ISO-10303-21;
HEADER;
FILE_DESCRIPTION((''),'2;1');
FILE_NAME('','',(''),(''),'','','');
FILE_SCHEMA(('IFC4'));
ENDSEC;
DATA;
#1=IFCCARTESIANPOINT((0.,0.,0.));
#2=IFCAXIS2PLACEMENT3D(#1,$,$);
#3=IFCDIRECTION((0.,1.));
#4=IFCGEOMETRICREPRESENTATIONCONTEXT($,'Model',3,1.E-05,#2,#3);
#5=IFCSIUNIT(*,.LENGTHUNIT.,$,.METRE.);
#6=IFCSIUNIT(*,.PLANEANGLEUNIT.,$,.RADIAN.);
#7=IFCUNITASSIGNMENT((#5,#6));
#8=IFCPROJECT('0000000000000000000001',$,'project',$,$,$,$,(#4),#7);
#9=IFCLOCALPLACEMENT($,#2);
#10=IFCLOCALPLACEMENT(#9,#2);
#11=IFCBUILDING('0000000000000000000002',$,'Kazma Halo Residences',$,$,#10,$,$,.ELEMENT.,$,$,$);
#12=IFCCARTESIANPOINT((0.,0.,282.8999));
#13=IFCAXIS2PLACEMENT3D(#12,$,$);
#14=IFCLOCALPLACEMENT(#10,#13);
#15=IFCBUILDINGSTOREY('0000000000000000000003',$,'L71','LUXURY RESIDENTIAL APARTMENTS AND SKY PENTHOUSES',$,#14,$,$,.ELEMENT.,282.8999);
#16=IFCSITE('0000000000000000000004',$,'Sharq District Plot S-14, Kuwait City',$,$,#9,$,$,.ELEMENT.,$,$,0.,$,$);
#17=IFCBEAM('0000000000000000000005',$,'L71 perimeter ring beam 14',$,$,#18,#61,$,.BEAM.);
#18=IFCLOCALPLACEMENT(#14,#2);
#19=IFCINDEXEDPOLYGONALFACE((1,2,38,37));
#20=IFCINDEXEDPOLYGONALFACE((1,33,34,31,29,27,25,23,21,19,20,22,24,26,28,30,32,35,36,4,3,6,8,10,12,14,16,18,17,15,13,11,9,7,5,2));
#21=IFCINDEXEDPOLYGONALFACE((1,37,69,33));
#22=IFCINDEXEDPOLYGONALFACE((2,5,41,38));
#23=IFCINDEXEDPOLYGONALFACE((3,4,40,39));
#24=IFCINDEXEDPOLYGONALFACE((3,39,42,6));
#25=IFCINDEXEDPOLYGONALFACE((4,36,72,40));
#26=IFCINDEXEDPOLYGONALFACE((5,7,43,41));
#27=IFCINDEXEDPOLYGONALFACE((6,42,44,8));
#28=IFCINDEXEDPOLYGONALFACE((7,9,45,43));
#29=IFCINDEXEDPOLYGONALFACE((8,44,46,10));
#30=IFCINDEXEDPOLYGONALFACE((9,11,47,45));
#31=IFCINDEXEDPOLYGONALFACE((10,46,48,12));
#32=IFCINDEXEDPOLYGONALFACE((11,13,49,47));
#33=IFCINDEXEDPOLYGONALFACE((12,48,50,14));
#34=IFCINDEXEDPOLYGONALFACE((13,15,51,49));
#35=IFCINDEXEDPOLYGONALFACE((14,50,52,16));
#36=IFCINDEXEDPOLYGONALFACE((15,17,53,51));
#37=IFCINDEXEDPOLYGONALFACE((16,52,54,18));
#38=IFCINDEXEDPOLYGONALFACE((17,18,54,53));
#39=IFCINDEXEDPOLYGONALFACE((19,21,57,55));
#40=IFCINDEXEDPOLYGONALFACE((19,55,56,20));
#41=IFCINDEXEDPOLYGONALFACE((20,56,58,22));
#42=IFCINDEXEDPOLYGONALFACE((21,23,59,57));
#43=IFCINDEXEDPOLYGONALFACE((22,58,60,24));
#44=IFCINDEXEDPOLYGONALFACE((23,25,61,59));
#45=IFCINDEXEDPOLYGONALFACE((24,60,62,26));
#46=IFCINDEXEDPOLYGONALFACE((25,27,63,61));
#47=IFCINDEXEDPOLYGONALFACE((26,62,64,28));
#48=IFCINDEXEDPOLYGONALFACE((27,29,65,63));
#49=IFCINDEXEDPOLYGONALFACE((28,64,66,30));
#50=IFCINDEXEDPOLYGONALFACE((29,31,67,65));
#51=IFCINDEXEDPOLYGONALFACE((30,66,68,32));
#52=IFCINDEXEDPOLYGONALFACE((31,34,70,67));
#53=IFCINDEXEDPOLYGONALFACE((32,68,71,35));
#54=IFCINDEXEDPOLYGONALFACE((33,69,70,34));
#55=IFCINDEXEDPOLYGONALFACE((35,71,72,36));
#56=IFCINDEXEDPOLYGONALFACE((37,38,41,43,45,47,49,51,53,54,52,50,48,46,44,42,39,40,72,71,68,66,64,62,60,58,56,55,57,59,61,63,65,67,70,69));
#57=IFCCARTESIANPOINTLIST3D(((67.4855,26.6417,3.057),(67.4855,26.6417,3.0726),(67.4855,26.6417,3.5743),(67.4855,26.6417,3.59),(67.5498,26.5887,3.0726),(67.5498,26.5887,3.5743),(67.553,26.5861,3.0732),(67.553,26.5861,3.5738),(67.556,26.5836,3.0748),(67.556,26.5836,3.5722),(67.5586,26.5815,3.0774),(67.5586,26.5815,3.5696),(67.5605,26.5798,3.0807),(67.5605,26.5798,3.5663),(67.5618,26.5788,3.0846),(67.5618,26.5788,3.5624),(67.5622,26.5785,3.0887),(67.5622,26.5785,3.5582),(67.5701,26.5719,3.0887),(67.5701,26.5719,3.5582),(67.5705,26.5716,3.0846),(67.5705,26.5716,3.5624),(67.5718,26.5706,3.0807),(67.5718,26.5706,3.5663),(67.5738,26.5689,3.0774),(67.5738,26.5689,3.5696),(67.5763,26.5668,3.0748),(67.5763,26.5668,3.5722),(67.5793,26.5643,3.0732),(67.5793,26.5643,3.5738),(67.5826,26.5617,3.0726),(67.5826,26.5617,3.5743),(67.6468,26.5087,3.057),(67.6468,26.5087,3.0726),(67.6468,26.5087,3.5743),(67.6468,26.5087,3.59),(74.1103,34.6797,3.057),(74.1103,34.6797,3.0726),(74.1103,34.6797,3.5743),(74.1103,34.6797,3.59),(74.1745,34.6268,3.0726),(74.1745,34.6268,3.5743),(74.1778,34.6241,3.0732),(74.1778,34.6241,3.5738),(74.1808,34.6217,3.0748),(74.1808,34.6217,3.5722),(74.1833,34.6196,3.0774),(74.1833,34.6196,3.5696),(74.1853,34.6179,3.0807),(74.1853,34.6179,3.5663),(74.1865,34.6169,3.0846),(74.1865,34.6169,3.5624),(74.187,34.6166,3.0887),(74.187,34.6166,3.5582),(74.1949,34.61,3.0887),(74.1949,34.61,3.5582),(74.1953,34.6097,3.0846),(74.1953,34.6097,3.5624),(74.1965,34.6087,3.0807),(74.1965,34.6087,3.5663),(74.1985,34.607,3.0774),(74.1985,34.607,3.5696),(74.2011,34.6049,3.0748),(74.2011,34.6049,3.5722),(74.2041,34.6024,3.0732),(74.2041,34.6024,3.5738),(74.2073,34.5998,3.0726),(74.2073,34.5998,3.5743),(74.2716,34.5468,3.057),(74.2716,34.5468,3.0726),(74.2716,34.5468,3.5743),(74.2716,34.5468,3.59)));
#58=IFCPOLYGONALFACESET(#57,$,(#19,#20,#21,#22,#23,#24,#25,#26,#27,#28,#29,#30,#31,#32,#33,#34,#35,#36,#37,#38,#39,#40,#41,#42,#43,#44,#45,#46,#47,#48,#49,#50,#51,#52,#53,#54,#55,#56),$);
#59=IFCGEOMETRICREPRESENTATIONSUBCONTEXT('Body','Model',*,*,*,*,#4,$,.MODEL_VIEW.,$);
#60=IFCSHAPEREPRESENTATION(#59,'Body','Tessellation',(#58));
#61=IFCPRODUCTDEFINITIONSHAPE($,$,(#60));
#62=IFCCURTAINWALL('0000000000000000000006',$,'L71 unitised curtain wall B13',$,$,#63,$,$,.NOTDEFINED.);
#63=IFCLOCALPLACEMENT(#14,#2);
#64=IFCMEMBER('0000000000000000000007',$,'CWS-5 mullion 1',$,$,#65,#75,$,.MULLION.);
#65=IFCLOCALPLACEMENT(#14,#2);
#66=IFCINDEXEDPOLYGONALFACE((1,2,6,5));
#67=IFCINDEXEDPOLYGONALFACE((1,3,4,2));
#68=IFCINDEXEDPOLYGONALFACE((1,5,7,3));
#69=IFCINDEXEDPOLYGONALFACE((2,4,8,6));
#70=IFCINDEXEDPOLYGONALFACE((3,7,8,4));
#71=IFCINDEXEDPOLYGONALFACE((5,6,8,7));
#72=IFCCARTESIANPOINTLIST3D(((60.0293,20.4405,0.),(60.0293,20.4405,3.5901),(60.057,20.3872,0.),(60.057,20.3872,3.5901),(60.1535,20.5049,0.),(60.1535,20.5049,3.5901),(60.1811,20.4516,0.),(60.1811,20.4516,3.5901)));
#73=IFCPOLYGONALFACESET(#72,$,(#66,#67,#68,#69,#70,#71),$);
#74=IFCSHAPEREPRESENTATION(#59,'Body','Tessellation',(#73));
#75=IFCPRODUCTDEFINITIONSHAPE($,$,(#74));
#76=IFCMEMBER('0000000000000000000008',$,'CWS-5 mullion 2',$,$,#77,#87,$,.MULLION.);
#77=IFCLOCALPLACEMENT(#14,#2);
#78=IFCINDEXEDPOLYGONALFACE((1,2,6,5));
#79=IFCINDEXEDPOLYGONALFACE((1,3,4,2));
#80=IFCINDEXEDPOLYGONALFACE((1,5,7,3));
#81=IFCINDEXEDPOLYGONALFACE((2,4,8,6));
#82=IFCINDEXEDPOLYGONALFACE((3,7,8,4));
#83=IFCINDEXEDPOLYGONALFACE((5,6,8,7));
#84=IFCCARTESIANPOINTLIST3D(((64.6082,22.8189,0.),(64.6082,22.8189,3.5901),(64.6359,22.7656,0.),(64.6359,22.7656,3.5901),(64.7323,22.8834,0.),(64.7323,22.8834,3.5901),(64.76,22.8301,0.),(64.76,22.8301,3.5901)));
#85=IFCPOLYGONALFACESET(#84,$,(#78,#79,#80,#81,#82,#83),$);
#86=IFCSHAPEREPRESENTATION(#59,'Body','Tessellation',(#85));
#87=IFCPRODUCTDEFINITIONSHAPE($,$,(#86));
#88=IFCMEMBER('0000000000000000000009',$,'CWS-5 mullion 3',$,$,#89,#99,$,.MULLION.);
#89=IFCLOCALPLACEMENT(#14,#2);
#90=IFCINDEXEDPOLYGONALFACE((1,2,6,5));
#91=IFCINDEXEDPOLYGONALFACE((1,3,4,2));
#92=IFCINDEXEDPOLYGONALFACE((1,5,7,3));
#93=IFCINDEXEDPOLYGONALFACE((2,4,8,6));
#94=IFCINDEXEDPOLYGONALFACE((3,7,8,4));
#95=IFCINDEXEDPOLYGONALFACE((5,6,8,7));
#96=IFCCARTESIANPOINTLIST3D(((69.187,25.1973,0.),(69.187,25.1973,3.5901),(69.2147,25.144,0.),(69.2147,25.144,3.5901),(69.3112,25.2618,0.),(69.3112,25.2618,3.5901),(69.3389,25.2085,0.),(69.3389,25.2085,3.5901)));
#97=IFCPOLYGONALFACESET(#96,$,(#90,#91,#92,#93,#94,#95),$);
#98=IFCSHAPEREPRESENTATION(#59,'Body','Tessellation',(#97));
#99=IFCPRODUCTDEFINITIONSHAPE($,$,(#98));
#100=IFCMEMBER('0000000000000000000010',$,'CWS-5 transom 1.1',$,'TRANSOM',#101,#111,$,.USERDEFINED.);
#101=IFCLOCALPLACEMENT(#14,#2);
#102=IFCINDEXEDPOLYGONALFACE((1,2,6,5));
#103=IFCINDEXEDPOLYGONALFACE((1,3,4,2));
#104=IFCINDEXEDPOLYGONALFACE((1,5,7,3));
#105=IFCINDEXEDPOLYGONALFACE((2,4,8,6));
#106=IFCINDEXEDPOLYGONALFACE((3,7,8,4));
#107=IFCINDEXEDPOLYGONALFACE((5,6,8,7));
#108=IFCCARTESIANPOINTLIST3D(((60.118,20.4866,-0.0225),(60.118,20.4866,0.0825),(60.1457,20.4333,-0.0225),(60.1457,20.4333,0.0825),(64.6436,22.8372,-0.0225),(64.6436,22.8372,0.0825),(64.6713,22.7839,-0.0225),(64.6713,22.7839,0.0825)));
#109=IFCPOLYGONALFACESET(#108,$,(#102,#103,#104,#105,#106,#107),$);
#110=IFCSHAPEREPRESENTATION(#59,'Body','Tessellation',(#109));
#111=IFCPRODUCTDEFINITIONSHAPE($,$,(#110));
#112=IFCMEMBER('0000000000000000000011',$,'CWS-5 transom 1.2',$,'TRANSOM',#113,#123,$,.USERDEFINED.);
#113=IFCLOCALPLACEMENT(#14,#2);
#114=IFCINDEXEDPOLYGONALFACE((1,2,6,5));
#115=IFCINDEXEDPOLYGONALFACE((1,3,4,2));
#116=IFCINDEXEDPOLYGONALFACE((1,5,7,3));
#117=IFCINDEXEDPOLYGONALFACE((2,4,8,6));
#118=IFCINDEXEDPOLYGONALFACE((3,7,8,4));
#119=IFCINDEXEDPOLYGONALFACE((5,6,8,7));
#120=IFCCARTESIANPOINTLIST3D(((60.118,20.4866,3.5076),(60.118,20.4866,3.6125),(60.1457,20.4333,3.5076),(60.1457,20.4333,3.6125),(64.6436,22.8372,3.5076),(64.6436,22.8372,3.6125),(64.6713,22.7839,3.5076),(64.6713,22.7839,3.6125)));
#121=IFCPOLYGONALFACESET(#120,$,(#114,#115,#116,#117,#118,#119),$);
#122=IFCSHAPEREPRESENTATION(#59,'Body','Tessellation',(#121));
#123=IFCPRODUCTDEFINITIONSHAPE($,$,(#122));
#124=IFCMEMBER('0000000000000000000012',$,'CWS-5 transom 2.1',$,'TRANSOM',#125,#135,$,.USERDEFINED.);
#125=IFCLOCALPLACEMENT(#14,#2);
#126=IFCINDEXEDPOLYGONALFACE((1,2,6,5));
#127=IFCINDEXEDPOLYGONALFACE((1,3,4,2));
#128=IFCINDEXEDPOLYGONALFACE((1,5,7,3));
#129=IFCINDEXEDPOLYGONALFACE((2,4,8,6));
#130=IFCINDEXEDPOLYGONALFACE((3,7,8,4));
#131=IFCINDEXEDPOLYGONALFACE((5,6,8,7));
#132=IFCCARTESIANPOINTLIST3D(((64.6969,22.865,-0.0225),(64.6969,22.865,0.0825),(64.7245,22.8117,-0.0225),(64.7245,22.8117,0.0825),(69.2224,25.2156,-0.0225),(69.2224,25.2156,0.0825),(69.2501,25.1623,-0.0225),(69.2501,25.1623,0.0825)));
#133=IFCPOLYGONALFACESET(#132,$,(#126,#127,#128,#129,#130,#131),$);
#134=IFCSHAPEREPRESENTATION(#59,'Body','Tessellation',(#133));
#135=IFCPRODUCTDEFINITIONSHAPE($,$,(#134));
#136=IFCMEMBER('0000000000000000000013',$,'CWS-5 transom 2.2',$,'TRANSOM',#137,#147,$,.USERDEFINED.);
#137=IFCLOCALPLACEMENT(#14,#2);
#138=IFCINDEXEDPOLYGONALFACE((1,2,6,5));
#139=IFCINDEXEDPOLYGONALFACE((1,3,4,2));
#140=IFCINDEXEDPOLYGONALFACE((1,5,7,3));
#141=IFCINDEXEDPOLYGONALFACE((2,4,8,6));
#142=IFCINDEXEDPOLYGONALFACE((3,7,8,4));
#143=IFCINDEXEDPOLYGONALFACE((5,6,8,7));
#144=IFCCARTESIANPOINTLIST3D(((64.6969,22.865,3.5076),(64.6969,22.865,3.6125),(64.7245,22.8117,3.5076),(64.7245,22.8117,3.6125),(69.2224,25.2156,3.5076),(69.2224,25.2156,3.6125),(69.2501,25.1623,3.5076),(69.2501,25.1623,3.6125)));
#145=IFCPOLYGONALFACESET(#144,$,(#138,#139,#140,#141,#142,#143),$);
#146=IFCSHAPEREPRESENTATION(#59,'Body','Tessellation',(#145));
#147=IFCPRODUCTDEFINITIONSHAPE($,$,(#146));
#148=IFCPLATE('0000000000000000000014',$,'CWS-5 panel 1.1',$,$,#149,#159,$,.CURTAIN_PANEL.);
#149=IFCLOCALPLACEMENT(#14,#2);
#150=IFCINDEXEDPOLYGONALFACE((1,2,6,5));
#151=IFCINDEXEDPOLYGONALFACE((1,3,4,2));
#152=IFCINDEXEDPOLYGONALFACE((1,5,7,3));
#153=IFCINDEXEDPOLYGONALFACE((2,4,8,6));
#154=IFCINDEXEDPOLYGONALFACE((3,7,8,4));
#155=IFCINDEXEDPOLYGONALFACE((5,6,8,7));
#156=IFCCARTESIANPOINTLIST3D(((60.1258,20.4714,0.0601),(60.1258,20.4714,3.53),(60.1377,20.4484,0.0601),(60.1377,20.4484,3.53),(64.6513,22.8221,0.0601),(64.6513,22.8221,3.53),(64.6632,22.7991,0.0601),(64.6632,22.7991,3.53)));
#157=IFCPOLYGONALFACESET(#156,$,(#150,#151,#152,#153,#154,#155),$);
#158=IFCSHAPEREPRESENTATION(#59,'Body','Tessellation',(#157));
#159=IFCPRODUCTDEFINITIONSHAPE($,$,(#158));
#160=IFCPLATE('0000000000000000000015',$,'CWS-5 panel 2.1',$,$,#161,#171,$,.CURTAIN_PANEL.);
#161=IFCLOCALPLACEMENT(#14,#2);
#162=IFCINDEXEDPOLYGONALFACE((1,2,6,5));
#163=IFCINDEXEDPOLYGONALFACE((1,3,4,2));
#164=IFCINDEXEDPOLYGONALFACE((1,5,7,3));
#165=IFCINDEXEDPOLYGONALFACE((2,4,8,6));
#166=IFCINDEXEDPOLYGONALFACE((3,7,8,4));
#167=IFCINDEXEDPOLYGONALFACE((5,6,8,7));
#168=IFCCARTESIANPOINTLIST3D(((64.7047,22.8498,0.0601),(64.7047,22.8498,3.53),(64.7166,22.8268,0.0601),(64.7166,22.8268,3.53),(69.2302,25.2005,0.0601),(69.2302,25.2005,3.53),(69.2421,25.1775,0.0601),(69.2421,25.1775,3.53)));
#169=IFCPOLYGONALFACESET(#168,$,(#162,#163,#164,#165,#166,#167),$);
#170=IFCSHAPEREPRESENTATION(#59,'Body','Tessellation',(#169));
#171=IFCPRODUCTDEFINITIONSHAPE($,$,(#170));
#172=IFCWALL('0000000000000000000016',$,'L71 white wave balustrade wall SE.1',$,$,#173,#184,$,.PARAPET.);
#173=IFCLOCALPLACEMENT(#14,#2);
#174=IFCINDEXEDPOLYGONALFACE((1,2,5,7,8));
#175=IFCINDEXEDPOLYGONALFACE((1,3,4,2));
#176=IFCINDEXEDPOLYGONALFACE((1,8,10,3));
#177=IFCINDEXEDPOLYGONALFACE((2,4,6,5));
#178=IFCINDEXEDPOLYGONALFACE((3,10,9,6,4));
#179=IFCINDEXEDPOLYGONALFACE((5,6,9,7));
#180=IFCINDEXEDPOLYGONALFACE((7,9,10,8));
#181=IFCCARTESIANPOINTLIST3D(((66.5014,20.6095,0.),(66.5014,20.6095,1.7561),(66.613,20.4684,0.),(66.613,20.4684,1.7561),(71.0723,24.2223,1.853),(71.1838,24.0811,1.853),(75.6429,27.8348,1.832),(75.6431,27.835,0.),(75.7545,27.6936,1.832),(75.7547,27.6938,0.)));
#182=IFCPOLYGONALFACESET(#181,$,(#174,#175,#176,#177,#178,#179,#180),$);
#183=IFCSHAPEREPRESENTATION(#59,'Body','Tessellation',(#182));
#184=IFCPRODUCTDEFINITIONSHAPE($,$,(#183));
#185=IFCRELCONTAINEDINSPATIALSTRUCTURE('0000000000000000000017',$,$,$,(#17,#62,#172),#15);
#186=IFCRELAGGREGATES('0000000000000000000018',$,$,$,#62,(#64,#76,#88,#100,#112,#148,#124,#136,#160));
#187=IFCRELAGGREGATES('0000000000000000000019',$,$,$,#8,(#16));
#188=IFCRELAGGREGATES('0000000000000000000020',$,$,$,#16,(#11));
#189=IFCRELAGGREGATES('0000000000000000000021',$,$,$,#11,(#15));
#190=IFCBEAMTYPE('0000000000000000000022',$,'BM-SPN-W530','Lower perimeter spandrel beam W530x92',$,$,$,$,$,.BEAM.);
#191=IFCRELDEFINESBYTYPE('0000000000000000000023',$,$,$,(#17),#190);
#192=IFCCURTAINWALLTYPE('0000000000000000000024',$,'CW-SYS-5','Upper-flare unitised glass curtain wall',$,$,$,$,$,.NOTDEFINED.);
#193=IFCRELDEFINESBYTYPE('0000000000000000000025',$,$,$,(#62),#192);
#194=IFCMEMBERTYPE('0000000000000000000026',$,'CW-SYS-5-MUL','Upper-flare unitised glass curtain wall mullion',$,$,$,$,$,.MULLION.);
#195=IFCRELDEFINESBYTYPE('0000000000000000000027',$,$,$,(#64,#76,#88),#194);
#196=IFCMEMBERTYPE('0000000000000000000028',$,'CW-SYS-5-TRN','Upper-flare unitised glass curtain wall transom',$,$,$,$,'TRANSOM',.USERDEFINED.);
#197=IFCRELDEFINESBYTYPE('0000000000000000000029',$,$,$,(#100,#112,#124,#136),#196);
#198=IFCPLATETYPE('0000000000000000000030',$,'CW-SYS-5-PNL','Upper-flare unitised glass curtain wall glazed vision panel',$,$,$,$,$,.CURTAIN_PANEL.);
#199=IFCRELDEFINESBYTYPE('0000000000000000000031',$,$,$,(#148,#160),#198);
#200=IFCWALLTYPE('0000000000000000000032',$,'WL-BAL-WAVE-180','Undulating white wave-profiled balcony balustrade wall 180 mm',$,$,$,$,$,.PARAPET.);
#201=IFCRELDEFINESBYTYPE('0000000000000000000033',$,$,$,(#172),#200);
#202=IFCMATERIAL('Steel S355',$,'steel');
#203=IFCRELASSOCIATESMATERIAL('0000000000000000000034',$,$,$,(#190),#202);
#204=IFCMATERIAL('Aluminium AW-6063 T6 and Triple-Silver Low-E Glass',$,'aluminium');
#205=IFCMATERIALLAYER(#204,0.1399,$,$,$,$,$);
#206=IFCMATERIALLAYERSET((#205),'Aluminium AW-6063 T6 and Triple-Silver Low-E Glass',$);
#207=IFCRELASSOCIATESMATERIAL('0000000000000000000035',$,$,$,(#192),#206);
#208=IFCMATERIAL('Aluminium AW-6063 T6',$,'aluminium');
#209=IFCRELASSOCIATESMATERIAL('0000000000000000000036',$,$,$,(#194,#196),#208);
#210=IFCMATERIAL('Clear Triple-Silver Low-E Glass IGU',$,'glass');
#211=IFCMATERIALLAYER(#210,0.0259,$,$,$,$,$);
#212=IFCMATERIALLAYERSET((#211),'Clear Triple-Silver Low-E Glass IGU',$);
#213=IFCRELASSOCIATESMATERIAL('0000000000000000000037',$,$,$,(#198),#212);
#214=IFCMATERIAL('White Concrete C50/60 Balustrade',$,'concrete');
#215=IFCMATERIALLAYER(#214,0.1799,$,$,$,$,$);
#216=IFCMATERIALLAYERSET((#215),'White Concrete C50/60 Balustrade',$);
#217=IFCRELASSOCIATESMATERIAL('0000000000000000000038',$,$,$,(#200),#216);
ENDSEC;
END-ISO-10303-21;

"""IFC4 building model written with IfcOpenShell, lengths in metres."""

from ifc_helpers import new_model, si_unit, direction, frame, origin, origin_2d, place, context, subcontext, project, spatial, polyline, rectangle, i_section, outline, extrude, material, layer, layer_set, material_profile, profile_set, type_object, element, aggregate, save


model = new_model("IFC4")

# Units and contexts
model_context = context("Model", 3, precision=1e-05, world=origin(), true_north=direction((0.0, 1.0)))
body_context = subcontext(model_context, "Body", "Model", "MODEL_VIEW")
ifc_project = project(units=[si_unit("LENGTHUNIT", "METRE"), si_unit("PLANEANGLEUNIT", "RADIAN")], contexts=[model_context])

# Site, building, storey
site_placement = place(None, origin())
site = spatial("IfcSite", under=ifc_project, at=site_placement, Name="Sharq District Plot S-14, Kuwait City", CompositionType="ELEMENT", RefElevation=0.0)
building_placement = place(site_placement, origin())
building = spatial("IfcBuilding", under=site, at=building_placement, Name="Kazma Halo Residences", CompositionType="ELEMENT")
storey_placement = place(building_placement, frame((0.0, 0.0, 282.8999)))
storey = spatial("IfcBuildingStorey", under=building, at=storey_placement, Name="L71", Description="LUXURY RESIDENTIAL APARTMENTS AND SKY PENTHOUSES", CompositionType="ELEMENT", Elevation=282.8999)

# Beam
ifc_material_1 = material(Name="Steel S355", Category="steel")
ifc_material_profile_1 = material_profile(ifc_material_1, i_section(OverallWidth=0.209, OverallDepth=0.533, WebThickness=0.0103, FlangeThickness=0.0156, FilletRadius=0.0161, at=origin_2d()), Name="W530x92")
ifc_profile_set_1 = profile_set([ifc_material_profile_1], Name="Steel S355")
beam_type_1 = type_object("IfcBeamType", Name="BM-SPN-W530", Description="Lower perimeter spandrel beam W530x92", PredefinedType="BEAM", material=ifc_profile_set_1)
beam_1_placement = place(storey_placement, frame((67.5662, 26.5752, 3.3235), z_axis=(0.636002, 0.771687, 0.0), x_axis=(-0.771687, 0.636002, 0.0)))
element("IfcBeam", 1, at=beam_1_placement, inside=storey, type_object=beam_type_1, Name="L71 perimeter ring beam 14", PredefinedType="BEAM", context=body_context, shape_type="SweptSolid", body=[
    extrude(i_section(OverallWidth=0.209, OverallDepth=0.533, WebThickness=0.0103, FlangeThickness=0.0156, FilletRadius=0.0161, at=origin_2d()), origin(), (0.0, 0.0, 1.0), 10.4163),
])

# Curtain wall, members, plates
ifc_material_2 = material(Name="Aluminium AW-6063 T6 and Triple-Silver Low-E Glass", Category="aluminium")
ifc_layer_1 = layer(ifc_material_2, 0.1399)
ifc_layer_set_1 = layer_set([ifc_layer_1], Name="Aluminium AW-6063 T6 and Triple-Silver Low-E Glass")
curtain_wall_type = type_object("IfcCurtainWallType", Name="CW-SYS-5", Description="Upper-flare unitised glass curtain wall", PredefinedType="NOTDEFINED", material=ifc_layer_set_1)
curtain_wall_placement = place(storey_placement, origin())
curtain_wall = element("IfcCurtainWall", 2, at=curtain_wall_placement, inside=storey, type_object=curtain_wall_type, Name="L71 unitised curtain wall B13", PredefinedType="NOTDEFINED")
ifc_material_3 = material(Name="Aluminium AW-6063 T6", Category="aluminium")
ifc_material_profile_2 = material_profile(ifc_material_3, rectangle(XDim=0.0601, YDim=0.1399, at=origin_2d()), Name="CWM-60x140")
ifc_profile_set_2 = profile_set([ifc_material_profile_2], Name="Aluminium AW-6063 T6")
member_type_1 = type_object("IfcMemberType", Name="CW-SYS-5-MUL", Description="Upper-flare unitised glass curtain wall mullion", PredefinedType="MULLION", material=ifc_profile_set_2)
member_1_placement = place(storey_placement, frame((60.1052, 20.446, 0.0), z_axis=(0.0, 0.0, 1.0), x_axis=(-0.460961, 0.887421, 0.0)))
member_1 = element("IfcMember", 3, at=member_1_placement, type_object=member_type_1, Name="CWS-5 mullion 1", PredefinedType="MULLION", context=body_context, shape_type="SweptSolid", body=[
    extrude(rectangle(XDim=0.0601, YDim=0.1399, at=origin_2d()), origin(), (0.0, 0.0, 1.0), 3.5901),
])
member_2_placement = place(storey_placement, frame((64.6841, 22.8245, 0.0), z_axis=(0.0, 0.0, 1.0), x_axis=(-0.460961, 0.887421, 0.0)))
member_2 = element("IfcMember", 4, at=member_2_placement, type_object=member_type_1, Name="CWS-5 mullion 2", PredefinedType="MULLION", context=body_context, shape_type="SweptSolid", body=[
    extrude(rectangle(XDim=0.0601, YDim=0.1399, at=origin_2d()), origin(), (0.0, 0.0, 1.0), 3.5901),
])
member_3_placement = place(storey_placement, frame((69.2629, 25.2029, 0.0), z_axis=(0.0, 0.0, 1.0), x_axis=(-0.460961, 0.887421, 0.0)))
member_3 = element("IfcMember", 5, at=member_3_placement, type_object=member_type_1, Name="CWS-5 mullion 3", PredefinedType="MULLION", context=body_context, shape_type="SweptSolid", body=[
    extrude(rectangle(XDim=0.0601, YDim=0.1399, at=origin_2d()), origin(), (0.0, 0.0, 1.0), 3.5901),
])
ifc_material_profile_3 = material_profile(ifc_material_3, rectangle(XDim=0.0601, YDim=0.105, at=origin_2d()), Name="CWT-60x105")
ifc_profile_set_3 = profile_set([ifc_material_profile_3], Name="Aluminium AW-6063 T6")
member_type_2 = type_object("IfcMemberType", Name="CW-SYS-5-TRN", Description="Upper-flare unitised glass curtain wall transom", ElementType="TRANSOM", PredefinedType="USERDEFINED", material=ifc_profile_set_3)
member_4_placement = place(storey_placement, frame((60.1318, 20.46, 0.03), z_axis=(0.887437, 0.460929, 0.0), x_axis=(-0.460929, 0.887437, 0.0)))
member_4 = element("IfcMember", 6, at=member_4_placement, type_object=member_type_2, Name="CWS-5 transom 1.1", ObjectType="TRANSOM", PredefinedType="USERDEFINED", context=body_context, shape_type="SweptSolid", body=[
    extrude(rectangle(XDim=0.0601, YDim=0.105, at=origin_2d()), origin(), (0.0, 0.0, 1.0), 5.0996),
])
member_5_placement = place(storey_placement, frame((60.1318, 20.46, 3.5601), z_axis=(0.887437, 0.460929, 0.0), x_axis=(-0.460929, 0.887437, 0.0)))
member_5 = element("IfcMember", 7, at=member_5_placement, type_object=member_type_2, Name="CWS-5 transom 1.2", ObjectType="TRANSOM", PredefinedType="USERDEFINED", context=body_context, shape_type="SweptSolid", body=[
    extrude(rectangle(XDim=0.0601, YDim=0.105, at=origin_2d()), origin(), (0.0, 0.0, 1.0), 5.0996),
])
member_6_placement = place(storey_placement, frame((64.7107, 22.8384, 0.03), z_axis=(0.887437, 0.460929, 0.0), x_axis=(-0.460929, 0.887437, 0.0)))
member_6 = element("IfcMember", 8, at=member_6_placement, type_object=member_type_2, Name="CWS-5 transom 2.1", ObjectType="TRANSOM", PredefinedType="USERDEFINED", context=body_context, shape_type="SweptSolid", body=[
    extrude(rectangle(XDim=0.0601, YDim=0.105, at=origin_2d()), origin(), (0.0, 0.0, 1.0), 5.0996),
])
member_7_placement = place(storey_placement, frame((64.7107, 22.8384, 3.5601), z_axis=(0.887437, 0.460929, 0.0), x_axis=(-0.460929, 0.887437, 0.0)))
member_7 = element("IfcMember", 9, at=member_7_placement, type_object=member_type_2, Name="CWS-5 transom 2.2", ObjectType="TRANSOM", PredefinedType="USERDEFINED", context=body_context, shape_type="SweptSolid", body=[
    extrude(rectangle(XDim=0.0601, YDim=0.105, at=origin_2d()), origin(), (0.0, 0.0, 1.0), 5.0996),
])
ifc_material_4 = material(Name="Clear Triple-Silver Low-E Glass IGU", Category="glass")
ifc_layer_2 = layer(ifc_material_4, 0.0259)
ifc_layer_set_2 = layer_set([ifc_layer_2], Name="Clear Triple-Silver Low-E Glass IGU")
plate_type = type_object("IfcPlateType", Name="CW-SYS-5-PNL", Description="Upper-flare unitised glass curtain wall glazed vision panel", PredefinedType="CURTAIN_PANEL", material=ifc_layer_set_2)
plate_1_placement = place(storey_placement, frame((62.3945, 21.6353, 0.0601), z_axis=(0.0, 0.0, 1.0), x_axis=(0.887421, 0.460961, 0.0)))
plate_1 = element("IfcPlate", 10, at=plate_1_placement, type_object=plate_type, Name="CWS-5 panel 1.1", PredefinedType="CURTAIN_PANEL", context=body_context, shape_type="SweptSolid", body=[
    extrude(rectangle(XDim=5.0996, YDim=0.0259, at=origin_2d()), origin(), (0.0, 0.0, 1.0), 3.47),
])
plate_2_placement = place(storey_placement, frame((66.9734, 24.0137, 0.0601), z_axis=(0.0, 0.0, 1.0), x_axis=(0.887421, 0.460961, 0.0)))
plate_2 = element("IfcPlate", 11, at=plate_2_placement, type_object=plate_type, Name="CWS-5 panel 2.1", PredefinedType="CURTAIN_PANEL", context=body_context, shape_type="SweptSolid", body=[
    extrude(rectangle(XDim=5.0996, YDim=0.0259, at=origin_2d()), origin(), (0.0, 0.0, 1.0), 3.47),
])
aggregate(curtain_wall, [member_1, member_2, member_3, member_4, member_5, plate_1, member_6, member_7, plate_2])

# Wall
ifc_material_5 = material(Name="White Concrete C50/60 Balustrade", Category="concrete")
ifc_layer_3 = layer(ifc_material_5, 0.1799)
ifc_layer_set_3 = layer_set([ifc_layer_3], Name="White Concrete C50/60 Balustrade")
wall_type_1 = type_object("IfcWallType", Name="WL-BAL-WAVE-180", Description="Undulating white wave-profiled balcony balustrade wall 180 mm", PredefinedType="PARAPET", material=ifc_layer_set_3)
wall_1_placement = place(storey_placement, frame((66.5571, 20.5391, 0.0), z_axis=(0.0, 0.0, 1.0), x_axis=(0.784537, 0.620082, 0.0)))
element("IfcWall", 12, at=wall_1_placement, inside=storey, type_object=wall_type_1, Name="L71 white wave balustrade wall SE.1", PredefinedType="PARAPET", context=body_context, shape_type="SweptSolid", body=[
    extrude(outline(polyline([(0.0, 0.0), (11.6523, 0.0), (11.6521, 1.832), (5.8262, 1.853), (0.0, 1.7561), (0.0, 0.0)])), frame((0.0, 0.0898, 0.0), z_axis=(0.0, -1.0, 0.0), x_axis=(1.0, 0.0, 0.0)), (0.0, 0.0, 1.0), 0.1799),
])

save(model, "model.ifc")
